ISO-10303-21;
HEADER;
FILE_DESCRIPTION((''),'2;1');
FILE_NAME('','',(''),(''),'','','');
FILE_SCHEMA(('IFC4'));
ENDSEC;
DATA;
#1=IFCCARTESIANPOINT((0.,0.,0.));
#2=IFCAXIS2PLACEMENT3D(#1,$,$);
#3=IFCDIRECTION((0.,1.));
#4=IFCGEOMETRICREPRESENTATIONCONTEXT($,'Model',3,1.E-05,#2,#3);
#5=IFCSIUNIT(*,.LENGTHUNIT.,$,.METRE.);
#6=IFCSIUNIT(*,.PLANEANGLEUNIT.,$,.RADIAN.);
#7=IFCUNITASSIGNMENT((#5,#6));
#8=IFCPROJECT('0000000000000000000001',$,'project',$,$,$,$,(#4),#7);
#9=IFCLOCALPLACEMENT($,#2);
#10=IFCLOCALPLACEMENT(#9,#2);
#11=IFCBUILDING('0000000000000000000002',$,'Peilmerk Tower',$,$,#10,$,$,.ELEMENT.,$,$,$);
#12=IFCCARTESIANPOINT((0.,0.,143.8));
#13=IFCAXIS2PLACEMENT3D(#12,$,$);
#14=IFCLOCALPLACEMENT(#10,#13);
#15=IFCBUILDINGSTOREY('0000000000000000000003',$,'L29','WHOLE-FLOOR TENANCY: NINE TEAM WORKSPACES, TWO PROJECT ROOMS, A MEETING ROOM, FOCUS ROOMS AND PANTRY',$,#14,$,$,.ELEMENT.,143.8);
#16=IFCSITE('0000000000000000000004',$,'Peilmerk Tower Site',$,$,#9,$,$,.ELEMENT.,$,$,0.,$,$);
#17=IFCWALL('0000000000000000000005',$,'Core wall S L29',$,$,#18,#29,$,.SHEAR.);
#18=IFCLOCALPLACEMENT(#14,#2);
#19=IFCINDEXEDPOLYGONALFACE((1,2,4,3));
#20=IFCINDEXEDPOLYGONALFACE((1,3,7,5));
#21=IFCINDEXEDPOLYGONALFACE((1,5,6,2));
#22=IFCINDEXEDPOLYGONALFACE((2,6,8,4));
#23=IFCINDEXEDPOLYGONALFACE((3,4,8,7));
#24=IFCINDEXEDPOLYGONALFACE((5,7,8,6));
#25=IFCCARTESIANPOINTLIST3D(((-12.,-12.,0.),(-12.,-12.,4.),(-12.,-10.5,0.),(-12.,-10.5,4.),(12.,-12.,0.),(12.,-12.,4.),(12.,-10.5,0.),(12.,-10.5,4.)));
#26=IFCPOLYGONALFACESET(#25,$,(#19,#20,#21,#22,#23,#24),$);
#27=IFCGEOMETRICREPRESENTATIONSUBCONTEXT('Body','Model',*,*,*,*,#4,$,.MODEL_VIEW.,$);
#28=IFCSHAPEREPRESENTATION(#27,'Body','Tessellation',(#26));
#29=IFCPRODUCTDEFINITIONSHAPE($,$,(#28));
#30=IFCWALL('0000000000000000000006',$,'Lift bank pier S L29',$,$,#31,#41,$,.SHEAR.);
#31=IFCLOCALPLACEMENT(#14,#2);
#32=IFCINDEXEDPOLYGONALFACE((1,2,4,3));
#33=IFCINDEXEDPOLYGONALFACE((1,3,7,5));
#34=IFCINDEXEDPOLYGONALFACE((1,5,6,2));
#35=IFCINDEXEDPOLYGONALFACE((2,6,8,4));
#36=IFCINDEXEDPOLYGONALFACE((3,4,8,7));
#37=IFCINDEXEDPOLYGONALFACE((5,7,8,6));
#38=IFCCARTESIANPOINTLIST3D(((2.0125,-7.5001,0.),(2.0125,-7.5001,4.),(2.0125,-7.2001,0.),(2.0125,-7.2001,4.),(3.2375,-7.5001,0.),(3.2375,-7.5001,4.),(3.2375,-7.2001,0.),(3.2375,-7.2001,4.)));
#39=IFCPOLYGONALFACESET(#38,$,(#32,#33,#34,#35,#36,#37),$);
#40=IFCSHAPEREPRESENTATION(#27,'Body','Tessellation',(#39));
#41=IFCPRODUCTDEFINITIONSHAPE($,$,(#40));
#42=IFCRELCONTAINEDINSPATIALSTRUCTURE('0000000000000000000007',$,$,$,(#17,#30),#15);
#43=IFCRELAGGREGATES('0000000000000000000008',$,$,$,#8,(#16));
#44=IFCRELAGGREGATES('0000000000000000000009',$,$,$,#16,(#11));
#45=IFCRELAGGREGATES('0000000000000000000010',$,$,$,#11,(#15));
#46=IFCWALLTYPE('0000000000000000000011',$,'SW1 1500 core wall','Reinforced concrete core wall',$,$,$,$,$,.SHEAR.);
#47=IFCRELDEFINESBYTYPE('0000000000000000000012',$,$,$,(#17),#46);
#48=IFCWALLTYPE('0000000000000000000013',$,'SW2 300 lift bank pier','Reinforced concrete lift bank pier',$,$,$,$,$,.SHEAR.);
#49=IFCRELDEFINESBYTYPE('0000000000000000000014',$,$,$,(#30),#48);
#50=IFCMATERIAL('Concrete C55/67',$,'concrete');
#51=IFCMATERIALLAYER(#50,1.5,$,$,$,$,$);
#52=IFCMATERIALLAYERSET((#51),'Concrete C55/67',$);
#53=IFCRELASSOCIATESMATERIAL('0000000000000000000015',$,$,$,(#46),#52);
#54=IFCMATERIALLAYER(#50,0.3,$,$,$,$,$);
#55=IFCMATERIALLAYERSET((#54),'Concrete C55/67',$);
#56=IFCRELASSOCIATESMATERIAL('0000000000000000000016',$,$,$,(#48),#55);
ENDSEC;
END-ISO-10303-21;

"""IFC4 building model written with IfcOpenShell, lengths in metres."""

from ifc_helpers import new_model, si_unit, direction, frame, frame_2d, origin, place, context, subcontext, project, spatial, rectangle, extrude, material, layer, layer_set, type_object, element, save


model = new_model("IFC4")

# Units and contexts
model_context = context("Model", 3, precision=1e-05, world=origin(), true_north=direction((0.0, 1.0)))
body_context = subcontext(model_context, "Body", "Model", "MODEL_VIEW")
ifc_project = project(units=[si_unit("LENGTHUNIT", "METRE"), si_unit("PLANEANGLEUNIT", "RADIAN")], contexts=[model_context])

# Site, building, storey
site_placement = place(None, origin())
site = spatial("IfcSite", under=ifc_project, at=site_placement, Name="Peilmerk Tower Site", CompositionType="ELEMENT", RefElevation=0.0)
building_placement = place(site_placement, origin())
building = spatial("IfcBuilding", under=site, at=building_placement, Name="Peilmerk Tower", CompositionType="ELEMENT")
storey_placement = place(building_placement, frame((0.0, 0.0, 143.8)))
storey = spatial("IfcBuildingStorey", under=building, at=storey_placement, Name="L29", Description="WHOLE-FLOOR TENANCY: NINE TEAM WORKSPACES, TWO PROJECT ROOMS, A MEETING ROOM, FOCUS ROOMS AND PANTRY", CompositionType="ELEMENT", Elevation=143.8)

# Walls
ifc_material_1 = material(Name="Concrete C55/67", Category="concrete")
ifc_layer_1 = layer(ifc_material_1, 1.5)
ifc_layer_set_1 = layer_set([ifc_layer_1], Name="Concrete C55/67")
wall_type_1 = type_object("IfcWallType", Name="SW1 1500 core wall", Description="Reinforced concrete core wall", PredefinedType="SHEAR", material=ifc_layer_set_1)
wall_1_placement = place(storey_placement, frame((12.0, -11.25, 0.0), z_axis=(0.0, 0.0, 1.0), x_axis=(-1.0, 0.0, 0.0)))
element("IfcWall", 1, at=wall_1_placement, inside=storey, type_object=wall_type_1, Name="Core wall S L29", PredefinedType="SHEAR", context=body_context, shape_type="SweptSolid", body=[
    extrude(rectangle(XDim=24.0, YDim=1.5, at=frame_2d((12.0, 0.0))), origin(), (0.0, 0.0, 1.0), 4.0),
])
ifc_layer_2 = layer(ifc_material_1, 0.3)
ifc_layer_set_2 = layer_set([ifc_layer_2], Name="Concrete C55/67")
wall_type_2 = type_object("IfcWallType", Name="SW2 300 lift bank pier", Description="Reinforced concrete lift bank pier", PredefinedType="SHEAR", material=ifc_layer_set_2)
wall_2_placement = place(storey_placement, frame((2.0125, -7.3501, 0.0), z_axis=(0.0, 0.0, 1.0), x_axis=(1.0, 0.0, 0.0)))
element("IfcWall", 2, at=wall_2_placement, inside=storey, type_object=wall_type_2, Name="Lift bank pier S L29", PredefinedType="SHEAR", context=body_context, shape_type="SweptSolid", body=[
    extrude(rectangle(XDim=1.2251, YDim=0.3, at=frame_2d((0.6125, 0.0))), origin(), (0.0, 0.0, 1.0), 4.0),
])

save(model, "model.ifc")
